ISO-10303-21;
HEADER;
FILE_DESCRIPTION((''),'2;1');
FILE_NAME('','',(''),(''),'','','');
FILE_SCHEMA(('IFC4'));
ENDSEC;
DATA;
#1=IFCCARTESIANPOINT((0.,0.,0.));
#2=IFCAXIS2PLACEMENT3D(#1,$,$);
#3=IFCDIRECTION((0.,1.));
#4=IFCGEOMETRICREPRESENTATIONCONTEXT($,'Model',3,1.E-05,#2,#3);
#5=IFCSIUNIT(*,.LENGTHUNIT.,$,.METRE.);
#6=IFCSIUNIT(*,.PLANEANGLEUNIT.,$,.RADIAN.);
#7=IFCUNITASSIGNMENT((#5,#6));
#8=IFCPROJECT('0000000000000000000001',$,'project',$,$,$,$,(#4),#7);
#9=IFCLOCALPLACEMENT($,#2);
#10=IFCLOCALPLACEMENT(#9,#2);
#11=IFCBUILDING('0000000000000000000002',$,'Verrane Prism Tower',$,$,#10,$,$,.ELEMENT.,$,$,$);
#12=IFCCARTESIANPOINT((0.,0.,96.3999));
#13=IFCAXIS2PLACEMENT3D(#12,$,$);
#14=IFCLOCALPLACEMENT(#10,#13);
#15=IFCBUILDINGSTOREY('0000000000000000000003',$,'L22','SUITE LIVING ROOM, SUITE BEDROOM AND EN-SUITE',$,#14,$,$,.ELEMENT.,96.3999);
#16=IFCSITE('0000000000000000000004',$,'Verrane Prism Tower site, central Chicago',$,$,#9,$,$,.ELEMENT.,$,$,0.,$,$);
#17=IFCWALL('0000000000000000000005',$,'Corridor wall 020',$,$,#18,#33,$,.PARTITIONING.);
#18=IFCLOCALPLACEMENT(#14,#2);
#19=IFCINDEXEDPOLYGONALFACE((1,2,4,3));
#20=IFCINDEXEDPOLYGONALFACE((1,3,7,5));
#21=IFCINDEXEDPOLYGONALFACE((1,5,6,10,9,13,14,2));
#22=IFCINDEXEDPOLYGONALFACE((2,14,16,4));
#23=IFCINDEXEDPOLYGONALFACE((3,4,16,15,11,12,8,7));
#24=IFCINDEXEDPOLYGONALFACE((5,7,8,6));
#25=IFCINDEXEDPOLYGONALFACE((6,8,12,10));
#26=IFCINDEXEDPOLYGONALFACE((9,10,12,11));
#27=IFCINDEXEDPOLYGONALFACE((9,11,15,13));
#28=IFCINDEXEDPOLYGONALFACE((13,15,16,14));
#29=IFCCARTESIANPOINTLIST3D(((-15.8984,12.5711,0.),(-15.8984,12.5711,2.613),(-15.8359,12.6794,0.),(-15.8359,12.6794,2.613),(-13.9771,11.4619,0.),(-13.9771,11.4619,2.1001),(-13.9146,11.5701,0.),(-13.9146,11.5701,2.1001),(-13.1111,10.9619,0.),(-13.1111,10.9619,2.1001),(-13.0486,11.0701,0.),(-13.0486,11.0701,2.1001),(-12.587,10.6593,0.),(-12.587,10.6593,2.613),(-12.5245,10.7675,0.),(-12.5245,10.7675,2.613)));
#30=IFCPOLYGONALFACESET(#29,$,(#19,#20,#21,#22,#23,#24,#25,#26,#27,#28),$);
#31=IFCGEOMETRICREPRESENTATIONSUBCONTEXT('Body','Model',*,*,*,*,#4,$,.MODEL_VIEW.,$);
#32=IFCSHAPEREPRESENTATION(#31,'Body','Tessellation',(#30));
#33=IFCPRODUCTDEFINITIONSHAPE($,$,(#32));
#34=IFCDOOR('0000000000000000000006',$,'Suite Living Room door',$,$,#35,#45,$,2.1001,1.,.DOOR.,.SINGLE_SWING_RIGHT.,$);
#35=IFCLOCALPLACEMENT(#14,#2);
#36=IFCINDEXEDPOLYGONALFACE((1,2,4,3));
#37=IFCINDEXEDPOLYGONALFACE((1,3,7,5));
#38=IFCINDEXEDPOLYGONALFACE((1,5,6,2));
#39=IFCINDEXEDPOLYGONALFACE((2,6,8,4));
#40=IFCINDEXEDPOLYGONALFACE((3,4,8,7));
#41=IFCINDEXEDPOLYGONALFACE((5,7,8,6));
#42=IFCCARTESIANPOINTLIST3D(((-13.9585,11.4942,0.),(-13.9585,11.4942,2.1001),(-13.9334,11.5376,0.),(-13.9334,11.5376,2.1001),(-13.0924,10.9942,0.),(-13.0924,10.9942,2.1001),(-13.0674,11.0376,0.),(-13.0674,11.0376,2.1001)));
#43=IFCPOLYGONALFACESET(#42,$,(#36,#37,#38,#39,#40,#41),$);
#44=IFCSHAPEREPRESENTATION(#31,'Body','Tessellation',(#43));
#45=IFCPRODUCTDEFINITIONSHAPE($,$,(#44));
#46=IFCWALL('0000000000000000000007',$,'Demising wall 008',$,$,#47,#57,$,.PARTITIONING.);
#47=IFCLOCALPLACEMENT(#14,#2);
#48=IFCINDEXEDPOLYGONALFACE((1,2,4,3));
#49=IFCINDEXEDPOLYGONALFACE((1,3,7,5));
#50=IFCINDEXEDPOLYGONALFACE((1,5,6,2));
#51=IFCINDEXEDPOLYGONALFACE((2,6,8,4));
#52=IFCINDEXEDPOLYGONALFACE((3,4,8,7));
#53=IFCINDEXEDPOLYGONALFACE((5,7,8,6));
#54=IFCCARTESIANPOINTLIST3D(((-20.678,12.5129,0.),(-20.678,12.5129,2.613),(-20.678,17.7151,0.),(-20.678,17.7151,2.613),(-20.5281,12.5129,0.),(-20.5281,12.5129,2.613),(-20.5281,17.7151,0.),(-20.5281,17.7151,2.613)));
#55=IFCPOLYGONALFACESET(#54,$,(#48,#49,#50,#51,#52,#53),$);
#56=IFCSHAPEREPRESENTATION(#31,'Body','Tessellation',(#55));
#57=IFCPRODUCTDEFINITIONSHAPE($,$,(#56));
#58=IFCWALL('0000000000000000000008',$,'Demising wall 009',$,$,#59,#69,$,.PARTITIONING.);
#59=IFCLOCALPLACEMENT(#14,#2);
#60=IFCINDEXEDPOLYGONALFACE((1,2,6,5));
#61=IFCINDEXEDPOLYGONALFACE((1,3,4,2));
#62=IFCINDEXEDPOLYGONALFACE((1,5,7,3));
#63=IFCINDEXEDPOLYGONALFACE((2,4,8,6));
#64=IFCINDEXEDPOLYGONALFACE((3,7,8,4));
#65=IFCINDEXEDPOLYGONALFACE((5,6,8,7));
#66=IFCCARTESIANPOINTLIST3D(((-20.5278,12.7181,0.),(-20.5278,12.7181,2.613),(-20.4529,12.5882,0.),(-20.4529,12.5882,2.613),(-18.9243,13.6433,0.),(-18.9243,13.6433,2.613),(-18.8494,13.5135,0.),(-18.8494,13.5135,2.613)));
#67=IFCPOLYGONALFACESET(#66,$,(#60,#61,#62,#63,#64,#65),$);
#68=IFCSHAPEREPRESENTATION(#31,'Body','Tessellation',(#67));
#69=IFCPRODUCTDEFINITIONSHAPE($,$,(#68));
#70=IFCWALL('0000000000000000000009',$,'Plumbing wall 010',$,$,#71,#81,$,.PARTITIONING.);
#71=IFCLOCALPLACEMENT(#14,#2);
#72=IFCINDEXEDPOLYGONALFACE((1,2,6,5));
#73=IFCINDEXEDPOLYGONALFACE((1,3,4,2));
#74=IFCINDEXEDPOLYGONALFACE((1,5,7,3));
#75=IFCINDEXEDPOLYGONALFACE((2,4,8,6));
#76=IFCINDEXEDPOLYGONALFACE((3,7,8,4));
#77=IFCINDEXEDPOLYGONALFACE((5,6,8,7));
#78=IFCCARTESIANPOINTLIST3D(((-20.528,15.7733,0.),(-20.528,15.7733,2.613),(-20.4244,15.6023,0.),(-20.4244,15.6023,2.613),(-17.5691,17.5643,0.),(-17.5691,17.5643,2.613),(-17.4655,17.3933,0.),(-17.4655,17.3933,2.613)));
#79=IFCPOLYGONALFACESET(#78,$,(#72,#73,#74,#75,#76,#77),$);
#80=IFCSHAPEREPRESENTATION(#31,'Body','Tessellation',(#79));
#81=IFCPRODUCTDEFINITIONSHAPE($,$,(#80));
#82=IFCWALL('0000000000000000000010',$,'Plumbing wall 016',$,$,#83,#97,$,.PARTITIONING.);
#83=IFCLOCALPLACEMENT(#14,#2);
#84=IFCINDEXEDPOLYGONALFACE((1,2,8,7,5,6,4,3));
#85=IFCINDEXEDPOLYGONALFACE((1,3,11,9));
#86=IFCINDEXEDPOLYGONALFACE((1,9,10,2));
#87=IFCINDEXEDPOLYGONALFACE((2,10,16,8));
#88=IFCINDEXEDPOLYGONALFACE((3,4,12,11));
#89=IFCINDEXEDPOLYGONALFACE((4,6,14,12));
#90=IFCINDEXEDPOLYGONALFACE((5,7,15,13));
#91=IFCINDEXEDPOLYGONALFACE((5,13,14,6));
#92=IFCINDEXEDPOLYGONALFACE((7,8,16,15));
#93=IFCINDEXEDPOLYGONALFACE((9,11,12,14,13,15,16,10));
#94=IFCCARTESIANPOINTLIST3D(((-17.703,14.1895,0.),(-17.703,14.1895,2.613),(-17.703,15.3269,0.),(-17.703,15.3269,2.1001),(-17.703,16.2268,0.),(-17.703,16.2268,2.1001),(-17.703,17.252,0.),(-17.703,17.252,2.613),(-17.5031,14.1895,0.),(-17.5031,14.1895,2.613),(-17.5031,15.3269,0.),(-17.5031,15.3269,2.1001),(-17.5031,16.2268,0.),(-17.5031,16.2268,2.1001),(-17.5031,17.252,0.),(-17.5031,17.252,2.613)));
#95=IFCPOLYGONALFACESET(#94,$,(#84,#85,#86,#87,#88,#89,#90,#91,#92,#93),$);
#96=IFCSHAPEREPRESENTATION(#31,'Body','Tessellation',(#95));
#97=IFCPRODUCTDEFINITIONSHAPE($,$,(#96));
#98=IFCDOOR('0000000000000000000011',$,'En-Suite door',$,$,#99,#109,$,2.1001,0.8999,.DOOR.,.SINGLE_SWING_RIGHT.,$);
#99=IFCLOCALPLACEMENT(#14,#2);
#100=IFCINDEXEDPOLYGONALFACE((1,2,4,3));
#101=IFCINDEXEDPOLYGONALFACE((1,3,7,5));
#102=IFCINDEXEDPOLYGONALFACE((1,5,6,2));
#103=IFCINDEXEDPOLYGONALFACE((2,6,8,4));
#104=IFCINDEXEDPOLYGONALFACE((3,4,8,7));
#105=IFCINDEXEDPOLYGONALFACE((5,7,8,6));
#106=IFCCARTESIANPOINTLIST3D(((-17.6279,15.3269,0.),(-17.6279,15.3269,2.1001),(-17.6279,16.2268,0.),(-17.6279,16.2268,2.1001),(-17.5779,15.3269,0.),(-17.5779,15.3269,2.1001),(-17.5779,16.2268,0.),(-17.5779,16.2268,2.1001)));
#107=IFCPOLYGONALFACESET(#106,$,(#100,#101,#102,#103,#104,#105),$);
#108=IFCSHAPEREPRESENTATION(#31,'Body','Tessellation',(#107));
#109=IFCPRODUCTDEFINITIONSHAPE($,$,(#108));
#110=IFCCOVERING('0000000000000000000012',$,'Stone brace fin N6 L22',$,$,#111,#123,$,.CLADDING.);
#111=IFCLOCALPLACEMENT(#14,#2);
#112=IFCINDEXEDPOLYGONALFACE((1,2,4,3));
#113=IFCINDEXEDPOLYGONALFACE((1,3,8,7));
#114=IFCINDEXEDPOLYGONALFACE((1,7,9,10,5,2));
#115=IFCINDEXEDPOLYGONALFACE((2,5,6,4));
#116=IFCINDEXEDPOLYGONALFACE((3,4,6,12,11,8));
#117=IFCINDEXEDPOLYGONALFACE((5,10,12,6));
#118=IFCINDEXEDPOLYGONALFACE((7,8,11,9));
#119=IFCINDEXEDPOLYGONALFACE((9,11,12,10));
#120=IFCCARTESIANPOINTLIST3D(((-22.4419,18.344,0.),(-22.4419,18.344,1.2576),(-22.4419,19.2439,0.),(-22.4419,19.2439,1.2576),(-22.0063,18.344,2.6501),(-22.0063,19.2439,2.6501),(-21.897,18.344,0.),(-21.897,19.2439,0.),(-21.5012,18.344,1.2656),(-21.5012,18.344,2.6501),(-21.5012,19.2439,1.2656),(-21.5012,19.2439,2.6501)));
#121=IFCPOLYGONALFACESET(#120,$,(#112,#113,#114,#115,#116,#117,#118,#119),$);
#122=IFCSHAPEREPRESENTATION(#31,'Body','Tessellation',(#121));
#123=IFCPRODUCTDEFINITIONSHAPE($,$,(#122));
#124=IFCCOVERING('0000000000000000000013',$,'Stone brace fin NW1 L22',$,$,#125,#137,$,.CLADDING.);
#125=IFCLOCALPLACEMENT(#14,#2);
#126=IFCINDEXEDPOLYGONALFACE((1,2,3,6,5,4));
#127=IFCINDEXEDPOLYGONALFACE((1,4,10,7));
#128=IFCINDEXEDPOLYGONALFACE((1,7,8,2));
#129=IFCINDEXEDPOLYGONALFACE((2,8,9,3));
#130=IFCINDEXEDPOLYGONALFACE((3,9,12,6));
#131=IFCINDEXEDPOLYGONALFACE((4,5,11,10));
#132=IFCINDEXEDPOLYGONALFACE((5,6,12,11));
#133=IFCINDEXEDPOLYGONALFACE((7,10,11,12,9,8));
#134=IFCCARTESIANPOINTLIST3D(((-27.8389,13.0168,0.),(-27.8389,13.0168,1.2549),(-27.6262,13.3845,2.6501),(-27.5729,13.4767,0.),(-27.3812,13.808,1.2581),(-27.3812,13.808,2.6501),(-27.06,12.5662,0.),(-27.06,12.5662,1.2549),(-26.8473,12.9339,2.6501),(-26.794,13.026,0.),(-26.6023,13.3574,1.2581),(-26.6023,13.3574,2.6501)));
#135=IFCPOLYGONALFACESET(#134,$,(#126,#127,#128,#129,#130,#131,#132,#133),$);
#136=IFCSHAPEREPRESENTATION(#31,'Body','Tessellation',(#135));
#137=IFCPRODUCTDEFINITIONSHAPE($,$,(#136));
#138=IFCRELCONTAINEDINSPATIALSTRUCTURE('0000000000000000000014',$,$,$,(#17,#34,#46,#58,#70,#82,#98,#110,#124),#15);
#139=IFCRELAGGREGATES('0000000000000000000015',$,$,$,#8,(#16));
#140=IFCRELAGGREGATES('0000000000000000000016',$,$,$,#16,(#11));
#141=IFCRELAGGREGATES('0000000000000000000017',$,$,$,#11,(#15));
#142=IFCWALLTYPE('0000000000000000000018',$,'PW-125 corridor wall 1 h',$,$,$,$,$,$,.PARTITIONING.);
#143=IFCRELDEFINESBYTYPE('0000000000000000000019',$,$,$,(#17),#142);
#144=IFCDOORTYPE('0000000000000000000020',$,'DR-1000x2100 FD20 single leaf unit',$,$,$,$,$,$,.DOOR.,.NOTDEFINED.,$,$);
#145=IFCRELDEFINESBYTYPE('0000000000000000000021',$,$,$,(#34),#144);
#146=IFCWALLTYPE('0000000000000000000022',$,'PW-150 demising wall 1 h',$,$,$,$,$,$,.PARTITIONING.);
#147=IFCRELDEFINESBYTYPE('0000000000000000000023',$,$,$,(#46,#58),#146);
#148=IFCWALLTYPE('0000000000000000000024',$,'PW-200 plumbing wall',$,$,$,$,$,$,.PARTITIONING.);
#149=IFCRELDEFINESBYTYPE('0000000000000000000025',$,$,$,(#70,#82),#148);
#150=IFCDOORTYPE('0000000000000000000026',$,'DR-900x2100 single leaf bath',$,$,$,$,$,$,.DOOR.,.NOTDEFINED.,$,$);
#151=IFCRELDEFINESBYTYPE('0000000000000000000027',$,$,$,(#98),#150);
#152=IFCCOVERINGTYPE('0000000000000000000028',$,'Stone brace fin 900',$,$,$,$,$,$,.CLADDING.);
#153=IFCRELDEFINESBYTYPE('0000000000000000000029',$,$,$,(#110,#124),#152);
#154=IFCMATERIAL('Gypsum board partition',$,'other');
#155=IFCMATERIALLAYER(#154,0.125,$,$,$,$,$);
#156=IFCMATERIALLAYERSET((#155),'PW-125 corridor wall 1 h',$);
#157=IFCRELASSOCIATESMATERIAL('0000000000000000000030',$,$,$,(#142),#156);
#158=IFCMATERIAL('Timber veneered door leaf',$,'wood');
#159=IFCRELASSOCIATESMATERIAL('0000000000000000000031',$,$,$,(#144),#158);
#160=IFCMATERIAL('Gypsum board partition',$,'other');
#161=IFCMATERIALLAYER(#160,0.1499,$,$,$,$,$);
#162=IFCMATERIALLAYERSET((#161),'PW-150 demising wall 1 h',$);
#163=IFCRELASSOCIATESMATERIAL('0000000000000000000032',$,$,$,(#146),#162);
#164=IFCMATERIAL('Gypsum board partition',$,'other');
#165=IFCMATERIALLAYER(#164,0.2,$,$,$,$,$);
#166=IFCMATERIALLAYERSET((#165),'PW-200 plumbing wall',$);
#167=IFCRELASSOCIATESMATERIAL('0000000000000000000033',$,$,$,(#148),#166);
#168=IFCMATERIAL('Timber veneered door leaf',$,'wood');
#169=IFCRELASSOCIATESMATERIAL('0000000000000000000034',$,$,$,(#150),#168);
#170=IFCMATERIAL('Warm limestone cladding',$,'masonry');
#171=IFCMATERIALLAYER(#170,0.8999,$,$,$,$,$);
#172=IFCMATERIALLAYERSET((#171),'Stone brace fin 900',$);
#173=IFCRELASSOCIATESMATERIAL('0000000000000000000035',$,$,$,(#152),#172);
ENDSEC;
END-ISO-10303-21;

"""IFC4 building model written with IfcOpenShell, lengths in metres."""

from ifc_helpers import new_model, si_unit, direction, frame, frame_2d, origin, place, context, subcontext, project, spatial, polyline, rectangle, outline, extrude, material, layer, layer_set, type_object, element, fill, save


model = new_model("IFC4")

# Units and contexts
model_context = context("Model", 3, precision=1e-05, world=origin(), true_north=direction((0.0, 1.0)))
body_context = subcontext(model_context, "Body", "Model", "MODEL_VIEW")
ifc_project = project(units=[si_unit("LENGTHUNIT", "METRE"), si_unit("PLANEANGLEUNIT", "RADIAN")], contexts=[model_context])

# Site, building, storey
site_placement = place(None, origin())
site = spatial("IfcSite", under=ifc_project, at=site_placement, Name="Verrane Prism Tower site, central Chicago", CompositionType="ELEMENT", RefElevation=0.0)
building_placement = place(site_placement, origin())
building = spatial("IfcBuilding", under=site, at=building_placement, Name="Verrane Prism Tower", CompositionType="ELEMENT")
storey_placement = place(building_placement, frame((0.0, 0.0, 96.3999)))
storey = spatial("IfcBuildingStorey", under=building, at=storey_placement, Name="L22", Description="SUITE LIVING ROOM, SUITE BEDROOM AND EN-SUITE", CompositionType="ELEMENT", Elevation=96.3999)

# Shared definitions
ifc_material_1 = material(Name="Gypsum board partition", Category="other")
ifc_layer_1 = layer(ifc_material_1, 0.125)
ifc_layer_set_1 = layer_set([ifc_layer_1], Name="PW-125 corridor wall 1 h")
wall_type_1 = type_object("IfcWallType", Name="PW-125 corridor wall 1 h", PredefinedType="PARTITIONING", material=ifc_layer_set_1)
ifc_material_2 = material(Name="Timber veneered door leaf", Category="wood")
door_type_1 = type_object("IfcDoorType", Name="DR-1000x2100 FD20 single leaf unit", OperationType="NOTDEFINED", PredefinedType="DOOR", material=ifc_material_2)

# Wall, opening, door
wall_1_placement = place(storey_placement, frame((-15.8672, 12.6252, 0.0), z_axis=(0.0, 0.0, 1.0), x_axis=(0.86603, -0.499991, 0.0)))
wall_1 = element("IfcWall", 1, at=wall_1_placement, inside=storey, type_object=wall_type_1, Name="Corridor wall 020", PredefinedType="PARTITIONING", context=body_context, shape_type="SweptSolid", body=[
    extrude(rectangle(XDim=3.8237, YDim=0.125, at=frame_2d((1.9119, 0.0))), origin(), (0.0, 0.0, 1.0), 2.613),
])
opening_1_placement = place(wall_1_placement, frame((2.2185, 0.0, 0.0)))
opening_1 = element("IfcOpeningElement", 2, at=opening_1_placement, cuts=wall_1, PredefinedType="OPENING", context=body_context, shape_type="SweptSolid", body=[
    extrude(rectangle(XDim=1.0, YDim=2.1001, at=frame_2d((0.5, 1.05))), frame((0.0, 0.0725, 0.0), z_axis=(0.0, -1.0, 0.0), x_axis=(1.0, 0.0, 0.0)), (0.0, 0.0, 1.0), 0.145),
])
door_1_placement = place(opening_1_placement, origin())
door_1 = element("IfcDoor", 3, at=door_1_placement, inside=storey, type_object=door_type_1, Name="Suite Living Room door", OperationType="SINGLE_SWING_RIGHT", OverallHeight=2.1001, OverallWidth=1.0, PredefinedType="DOOR", context=body_context, shape_type="SweptSolid", body=[
    extrude(rectangle(XDim=1.0, YDim=2.1001, at=frame_2d((0.5, 1.05))), frame((0.0, 0.0249, 0.0), z_axis=(0.0, -1.0, 0.0), x_axis=(1.0, 0.0, 0.0)), (0.0, 0.0, 1.0), 0.05),
])
fill(opening_1, door_1)

# Walls
ifc_material_3 = material(Name="Gypsum board partition", Category="other")
ifc_layer_2 = layer(ifc_material_3, 0.1499)
ifc_layer_set_2 = layer_set([ifc_layer_2], Name="PW-150 demising wall 1 h")
wall_type_2 = type_object("IfcWallType", Name="PW-150 demising wall 1 h", PredefinedType="PARTITIONING", material=ifc_layer_set_2)
wall_2_placement = place(storey_placement, frame((-20.603, 12.5129, 0.0), z_axis=(0.0, 0.0, 1.0), x_axis=(0.0, 1.0, 0.0)))
element("IfcWall", 4, at=wall_2_placement, inside=storey, type_object=wall_type_2, Name="Demising wall 008", PredefinedType="PARTITIONING", context=body_context, shape_type="SweptSolid", body=[
    extrude(rectangle(XDim=5.2021, YDim=0.1499, at=frame_2d((2.6011, 0.0))), origin(), (0.0, 0.0, 1.0), 2.613),
])
wall_3_placement = place(storey_placement, frame((-20.4905, 12.6531, 0.0), z_axis=(0.0, 0.0, 1.0), x_axis=(0.866142, 0.499799, 0.0)))
element("IfcWall", 5, at=wall_3_placement, inside=storey, type_object=wall_type_2, Name="Demising wall 009", PredefinedType="PARTITIONING", context=body_context, shape_type="SweptSolid", body=[
    extrude(rectangle(XDim=1.8513, YDim=0.1499, at=frame_2d((0.9258, 0.0))), origin(), (0.0, 0.0, 1.0), 2.613),
])
ifc_material_4 = material(Name="Gypsum board partition", Category="other")
ifc_layer_3 = layer(ifc_material_4, 0.2)
ifc_layer_set_3 = layer_set([ifc_layer_3], Name="PW-200 plumbing wall")
wall_type_3 = type_object("IfcWallType", Name="PW-200 plumbing wall", PredefinedType="PARTITIONING", material=ifc_layer_set_3)
wall_4_placement = place(storey_placement, frame((-20.4763, 15.6877, 0.0), z_axis=(0.0, 0.0, 1.0), x_axis=(0.855493, 0.517814, 0.0)))
element("IfcWall", 6, at=wall_4_placement, inside=storey, type_object=wall_type_3, Name="Plumbing wall 010", PredefinedType="PARTITIONING", context=body_context, shape_type="SweptSolid", body=[
    extrude(rectangle(XDim=3.4587, YDim=0.2, at=frame_2d((1.7295, 0.0))), origin(), (0.0, 0.0, 1.0), 2.613),
])

# Wall, opening, door
wall_5_placement = place(storey_placement, frame((-17.603, 14.1895, 0.0), z_axis=(0.0, 0.0, 1.0), x_axis=(0.0, 1.0, 0.0)))
wall_5 = element("IfcWall", 7, at=wall_5_placement, inside=storey, type_object=wall_type_3, Name="Plumbing wall 016", PredefinedType="PARTITIONING", context=body_context, shape_type="SweptSolid", body=[
    extrude(rectangle(XDim=3.0625, YDim=0.2, at=frame_2d((1.5312, 0.0))), origin(), (0.0, 0.0, 1.0), 2.613),
])
opening_2_placement = place(wall_5_placement, frame((1.1375, 0.0, 0.0)))
opening_2 = element("IfcOpeningElement", 8, at=opening_2_placement, cuts=wall_5, PredefinedType="OPENING", context=body_context, shape_type="SweptSolid", body=[
    extrude(rectangle(XDim=0.8999, YDim=2.1001, at=frame_2d((0.45, 1.05))), frame((0.0, 0.1099, 0.0), z_axis=(0.0, -1.0, 0.0), x_axis=(1.0, 0.0, 0.0)), (0.0, 0.0, 1.0), 0.22),
])
ifc_material_5 = material(Name="Timber veneered door leaf", Category="wood")
door_type_2 = type_object("IfcDoorType", Name="DR-900x2100 single leaf bath", OperationType="NOTDEFINED", PredefinedType="DOOR", material=ifc_material_5)
door_2_placement = place(opening_2_placement, origin())
door_2 = element("IfcDoor", 9, at=door_2_placement, inside=storey, type_object=door_type_2, Name="En-Suite door", OperationType="SINGLE_SWING_RIGHT", OverallHeight=2.1001, OverallWidth=0.8999, PredefinedType="DOOR", context=body_context, shape_type="SweptSolid", body=[
    extrude(rectangle(XDim=0.8999, YDim=2.1001, at=frame_2d((0.45, 1.05))), frame((0.0, 0.0249, 0.0), z_axis=(0.0, -1.0, 0.0), x_axis=(1.0, 0.0, 0.0)), (0.0, 0.0, 1.0), 0.05),
])
fill(opening_2, door_2)

# Coverings
ifc_material_6 = material(Name="Warm limestone cladding", Category="masonry")
ifc_layer_4 = layer(ifc_material_6, 0.8999)
ifc_layer_set_4 = layer_set([ifc_layer_4], Name="Stone brace fin 900")
covering_type = type_object("IfcCoveringType", Name="Stone brace fin 900", PredefinedType="CLADDING", material=ifc_layer_set_4)
covering_1_placement = place(storey_placement, frame((-22.4419, 18.7939, 0.0), z_axis=(0.0, 0.0, 1.0), x_axis=(1.0, 0.0, 0.0)))
element("IfcCovering", 10, at=covering_1_placement, inside=storey, type_object=covering_type, Name="Stone brace fin N6 L22", PredefinedType="CLADDING", context=body_context, shape_type="SweptSolid", body=[
    extrude(outline(polyline([(0.9407, 2.6501), (0.4355, 2.6501), (0.0, 1.2576), (0.0, 0.0), (0.5449, 0.0), (0.9407, 1.2656), (0.9407, 2.6501)])), frame((0.0, 0.45, 0.0), z_axis=(0.0, -1.0, 0.0), x_axis=(1.0, 0.0, 0.0)), (0.0, 0.0, 1.0), 0.8999),
])
covering_2_placement = place(storey_placement, frame((-27.4495, 12.7915, 0.0), z_axis=(0.0, 0.0, 1.0), x_axis=(0.500763, 0.865585, 0.0)))
element("IfcCovering", 11, at=covering_2_placement, inside=storey, type_object=covering_type, Name="Stone brace fin NW1 L22", PredefinedType="CLADDING", context=body_context, shape_type="SweptSolid", body=[
    extrude(outline(polyline([(0.9141, 2.6501), (0.4248, 2.6501), (0.0, 1.2549), (0.0, 0.0), (0.5312, 0.0), (0.9141, 1.2581), (0.9141, 2.6501)])), frame((0.0, 0.45, 0.0), z_axis=(0.0, -1.0, 0.0), x_axis=(1.0, 0.0, 0.0)), (0.0, 0.0, 1.0), 0.8999),
])

save(model, "model.ifc")
